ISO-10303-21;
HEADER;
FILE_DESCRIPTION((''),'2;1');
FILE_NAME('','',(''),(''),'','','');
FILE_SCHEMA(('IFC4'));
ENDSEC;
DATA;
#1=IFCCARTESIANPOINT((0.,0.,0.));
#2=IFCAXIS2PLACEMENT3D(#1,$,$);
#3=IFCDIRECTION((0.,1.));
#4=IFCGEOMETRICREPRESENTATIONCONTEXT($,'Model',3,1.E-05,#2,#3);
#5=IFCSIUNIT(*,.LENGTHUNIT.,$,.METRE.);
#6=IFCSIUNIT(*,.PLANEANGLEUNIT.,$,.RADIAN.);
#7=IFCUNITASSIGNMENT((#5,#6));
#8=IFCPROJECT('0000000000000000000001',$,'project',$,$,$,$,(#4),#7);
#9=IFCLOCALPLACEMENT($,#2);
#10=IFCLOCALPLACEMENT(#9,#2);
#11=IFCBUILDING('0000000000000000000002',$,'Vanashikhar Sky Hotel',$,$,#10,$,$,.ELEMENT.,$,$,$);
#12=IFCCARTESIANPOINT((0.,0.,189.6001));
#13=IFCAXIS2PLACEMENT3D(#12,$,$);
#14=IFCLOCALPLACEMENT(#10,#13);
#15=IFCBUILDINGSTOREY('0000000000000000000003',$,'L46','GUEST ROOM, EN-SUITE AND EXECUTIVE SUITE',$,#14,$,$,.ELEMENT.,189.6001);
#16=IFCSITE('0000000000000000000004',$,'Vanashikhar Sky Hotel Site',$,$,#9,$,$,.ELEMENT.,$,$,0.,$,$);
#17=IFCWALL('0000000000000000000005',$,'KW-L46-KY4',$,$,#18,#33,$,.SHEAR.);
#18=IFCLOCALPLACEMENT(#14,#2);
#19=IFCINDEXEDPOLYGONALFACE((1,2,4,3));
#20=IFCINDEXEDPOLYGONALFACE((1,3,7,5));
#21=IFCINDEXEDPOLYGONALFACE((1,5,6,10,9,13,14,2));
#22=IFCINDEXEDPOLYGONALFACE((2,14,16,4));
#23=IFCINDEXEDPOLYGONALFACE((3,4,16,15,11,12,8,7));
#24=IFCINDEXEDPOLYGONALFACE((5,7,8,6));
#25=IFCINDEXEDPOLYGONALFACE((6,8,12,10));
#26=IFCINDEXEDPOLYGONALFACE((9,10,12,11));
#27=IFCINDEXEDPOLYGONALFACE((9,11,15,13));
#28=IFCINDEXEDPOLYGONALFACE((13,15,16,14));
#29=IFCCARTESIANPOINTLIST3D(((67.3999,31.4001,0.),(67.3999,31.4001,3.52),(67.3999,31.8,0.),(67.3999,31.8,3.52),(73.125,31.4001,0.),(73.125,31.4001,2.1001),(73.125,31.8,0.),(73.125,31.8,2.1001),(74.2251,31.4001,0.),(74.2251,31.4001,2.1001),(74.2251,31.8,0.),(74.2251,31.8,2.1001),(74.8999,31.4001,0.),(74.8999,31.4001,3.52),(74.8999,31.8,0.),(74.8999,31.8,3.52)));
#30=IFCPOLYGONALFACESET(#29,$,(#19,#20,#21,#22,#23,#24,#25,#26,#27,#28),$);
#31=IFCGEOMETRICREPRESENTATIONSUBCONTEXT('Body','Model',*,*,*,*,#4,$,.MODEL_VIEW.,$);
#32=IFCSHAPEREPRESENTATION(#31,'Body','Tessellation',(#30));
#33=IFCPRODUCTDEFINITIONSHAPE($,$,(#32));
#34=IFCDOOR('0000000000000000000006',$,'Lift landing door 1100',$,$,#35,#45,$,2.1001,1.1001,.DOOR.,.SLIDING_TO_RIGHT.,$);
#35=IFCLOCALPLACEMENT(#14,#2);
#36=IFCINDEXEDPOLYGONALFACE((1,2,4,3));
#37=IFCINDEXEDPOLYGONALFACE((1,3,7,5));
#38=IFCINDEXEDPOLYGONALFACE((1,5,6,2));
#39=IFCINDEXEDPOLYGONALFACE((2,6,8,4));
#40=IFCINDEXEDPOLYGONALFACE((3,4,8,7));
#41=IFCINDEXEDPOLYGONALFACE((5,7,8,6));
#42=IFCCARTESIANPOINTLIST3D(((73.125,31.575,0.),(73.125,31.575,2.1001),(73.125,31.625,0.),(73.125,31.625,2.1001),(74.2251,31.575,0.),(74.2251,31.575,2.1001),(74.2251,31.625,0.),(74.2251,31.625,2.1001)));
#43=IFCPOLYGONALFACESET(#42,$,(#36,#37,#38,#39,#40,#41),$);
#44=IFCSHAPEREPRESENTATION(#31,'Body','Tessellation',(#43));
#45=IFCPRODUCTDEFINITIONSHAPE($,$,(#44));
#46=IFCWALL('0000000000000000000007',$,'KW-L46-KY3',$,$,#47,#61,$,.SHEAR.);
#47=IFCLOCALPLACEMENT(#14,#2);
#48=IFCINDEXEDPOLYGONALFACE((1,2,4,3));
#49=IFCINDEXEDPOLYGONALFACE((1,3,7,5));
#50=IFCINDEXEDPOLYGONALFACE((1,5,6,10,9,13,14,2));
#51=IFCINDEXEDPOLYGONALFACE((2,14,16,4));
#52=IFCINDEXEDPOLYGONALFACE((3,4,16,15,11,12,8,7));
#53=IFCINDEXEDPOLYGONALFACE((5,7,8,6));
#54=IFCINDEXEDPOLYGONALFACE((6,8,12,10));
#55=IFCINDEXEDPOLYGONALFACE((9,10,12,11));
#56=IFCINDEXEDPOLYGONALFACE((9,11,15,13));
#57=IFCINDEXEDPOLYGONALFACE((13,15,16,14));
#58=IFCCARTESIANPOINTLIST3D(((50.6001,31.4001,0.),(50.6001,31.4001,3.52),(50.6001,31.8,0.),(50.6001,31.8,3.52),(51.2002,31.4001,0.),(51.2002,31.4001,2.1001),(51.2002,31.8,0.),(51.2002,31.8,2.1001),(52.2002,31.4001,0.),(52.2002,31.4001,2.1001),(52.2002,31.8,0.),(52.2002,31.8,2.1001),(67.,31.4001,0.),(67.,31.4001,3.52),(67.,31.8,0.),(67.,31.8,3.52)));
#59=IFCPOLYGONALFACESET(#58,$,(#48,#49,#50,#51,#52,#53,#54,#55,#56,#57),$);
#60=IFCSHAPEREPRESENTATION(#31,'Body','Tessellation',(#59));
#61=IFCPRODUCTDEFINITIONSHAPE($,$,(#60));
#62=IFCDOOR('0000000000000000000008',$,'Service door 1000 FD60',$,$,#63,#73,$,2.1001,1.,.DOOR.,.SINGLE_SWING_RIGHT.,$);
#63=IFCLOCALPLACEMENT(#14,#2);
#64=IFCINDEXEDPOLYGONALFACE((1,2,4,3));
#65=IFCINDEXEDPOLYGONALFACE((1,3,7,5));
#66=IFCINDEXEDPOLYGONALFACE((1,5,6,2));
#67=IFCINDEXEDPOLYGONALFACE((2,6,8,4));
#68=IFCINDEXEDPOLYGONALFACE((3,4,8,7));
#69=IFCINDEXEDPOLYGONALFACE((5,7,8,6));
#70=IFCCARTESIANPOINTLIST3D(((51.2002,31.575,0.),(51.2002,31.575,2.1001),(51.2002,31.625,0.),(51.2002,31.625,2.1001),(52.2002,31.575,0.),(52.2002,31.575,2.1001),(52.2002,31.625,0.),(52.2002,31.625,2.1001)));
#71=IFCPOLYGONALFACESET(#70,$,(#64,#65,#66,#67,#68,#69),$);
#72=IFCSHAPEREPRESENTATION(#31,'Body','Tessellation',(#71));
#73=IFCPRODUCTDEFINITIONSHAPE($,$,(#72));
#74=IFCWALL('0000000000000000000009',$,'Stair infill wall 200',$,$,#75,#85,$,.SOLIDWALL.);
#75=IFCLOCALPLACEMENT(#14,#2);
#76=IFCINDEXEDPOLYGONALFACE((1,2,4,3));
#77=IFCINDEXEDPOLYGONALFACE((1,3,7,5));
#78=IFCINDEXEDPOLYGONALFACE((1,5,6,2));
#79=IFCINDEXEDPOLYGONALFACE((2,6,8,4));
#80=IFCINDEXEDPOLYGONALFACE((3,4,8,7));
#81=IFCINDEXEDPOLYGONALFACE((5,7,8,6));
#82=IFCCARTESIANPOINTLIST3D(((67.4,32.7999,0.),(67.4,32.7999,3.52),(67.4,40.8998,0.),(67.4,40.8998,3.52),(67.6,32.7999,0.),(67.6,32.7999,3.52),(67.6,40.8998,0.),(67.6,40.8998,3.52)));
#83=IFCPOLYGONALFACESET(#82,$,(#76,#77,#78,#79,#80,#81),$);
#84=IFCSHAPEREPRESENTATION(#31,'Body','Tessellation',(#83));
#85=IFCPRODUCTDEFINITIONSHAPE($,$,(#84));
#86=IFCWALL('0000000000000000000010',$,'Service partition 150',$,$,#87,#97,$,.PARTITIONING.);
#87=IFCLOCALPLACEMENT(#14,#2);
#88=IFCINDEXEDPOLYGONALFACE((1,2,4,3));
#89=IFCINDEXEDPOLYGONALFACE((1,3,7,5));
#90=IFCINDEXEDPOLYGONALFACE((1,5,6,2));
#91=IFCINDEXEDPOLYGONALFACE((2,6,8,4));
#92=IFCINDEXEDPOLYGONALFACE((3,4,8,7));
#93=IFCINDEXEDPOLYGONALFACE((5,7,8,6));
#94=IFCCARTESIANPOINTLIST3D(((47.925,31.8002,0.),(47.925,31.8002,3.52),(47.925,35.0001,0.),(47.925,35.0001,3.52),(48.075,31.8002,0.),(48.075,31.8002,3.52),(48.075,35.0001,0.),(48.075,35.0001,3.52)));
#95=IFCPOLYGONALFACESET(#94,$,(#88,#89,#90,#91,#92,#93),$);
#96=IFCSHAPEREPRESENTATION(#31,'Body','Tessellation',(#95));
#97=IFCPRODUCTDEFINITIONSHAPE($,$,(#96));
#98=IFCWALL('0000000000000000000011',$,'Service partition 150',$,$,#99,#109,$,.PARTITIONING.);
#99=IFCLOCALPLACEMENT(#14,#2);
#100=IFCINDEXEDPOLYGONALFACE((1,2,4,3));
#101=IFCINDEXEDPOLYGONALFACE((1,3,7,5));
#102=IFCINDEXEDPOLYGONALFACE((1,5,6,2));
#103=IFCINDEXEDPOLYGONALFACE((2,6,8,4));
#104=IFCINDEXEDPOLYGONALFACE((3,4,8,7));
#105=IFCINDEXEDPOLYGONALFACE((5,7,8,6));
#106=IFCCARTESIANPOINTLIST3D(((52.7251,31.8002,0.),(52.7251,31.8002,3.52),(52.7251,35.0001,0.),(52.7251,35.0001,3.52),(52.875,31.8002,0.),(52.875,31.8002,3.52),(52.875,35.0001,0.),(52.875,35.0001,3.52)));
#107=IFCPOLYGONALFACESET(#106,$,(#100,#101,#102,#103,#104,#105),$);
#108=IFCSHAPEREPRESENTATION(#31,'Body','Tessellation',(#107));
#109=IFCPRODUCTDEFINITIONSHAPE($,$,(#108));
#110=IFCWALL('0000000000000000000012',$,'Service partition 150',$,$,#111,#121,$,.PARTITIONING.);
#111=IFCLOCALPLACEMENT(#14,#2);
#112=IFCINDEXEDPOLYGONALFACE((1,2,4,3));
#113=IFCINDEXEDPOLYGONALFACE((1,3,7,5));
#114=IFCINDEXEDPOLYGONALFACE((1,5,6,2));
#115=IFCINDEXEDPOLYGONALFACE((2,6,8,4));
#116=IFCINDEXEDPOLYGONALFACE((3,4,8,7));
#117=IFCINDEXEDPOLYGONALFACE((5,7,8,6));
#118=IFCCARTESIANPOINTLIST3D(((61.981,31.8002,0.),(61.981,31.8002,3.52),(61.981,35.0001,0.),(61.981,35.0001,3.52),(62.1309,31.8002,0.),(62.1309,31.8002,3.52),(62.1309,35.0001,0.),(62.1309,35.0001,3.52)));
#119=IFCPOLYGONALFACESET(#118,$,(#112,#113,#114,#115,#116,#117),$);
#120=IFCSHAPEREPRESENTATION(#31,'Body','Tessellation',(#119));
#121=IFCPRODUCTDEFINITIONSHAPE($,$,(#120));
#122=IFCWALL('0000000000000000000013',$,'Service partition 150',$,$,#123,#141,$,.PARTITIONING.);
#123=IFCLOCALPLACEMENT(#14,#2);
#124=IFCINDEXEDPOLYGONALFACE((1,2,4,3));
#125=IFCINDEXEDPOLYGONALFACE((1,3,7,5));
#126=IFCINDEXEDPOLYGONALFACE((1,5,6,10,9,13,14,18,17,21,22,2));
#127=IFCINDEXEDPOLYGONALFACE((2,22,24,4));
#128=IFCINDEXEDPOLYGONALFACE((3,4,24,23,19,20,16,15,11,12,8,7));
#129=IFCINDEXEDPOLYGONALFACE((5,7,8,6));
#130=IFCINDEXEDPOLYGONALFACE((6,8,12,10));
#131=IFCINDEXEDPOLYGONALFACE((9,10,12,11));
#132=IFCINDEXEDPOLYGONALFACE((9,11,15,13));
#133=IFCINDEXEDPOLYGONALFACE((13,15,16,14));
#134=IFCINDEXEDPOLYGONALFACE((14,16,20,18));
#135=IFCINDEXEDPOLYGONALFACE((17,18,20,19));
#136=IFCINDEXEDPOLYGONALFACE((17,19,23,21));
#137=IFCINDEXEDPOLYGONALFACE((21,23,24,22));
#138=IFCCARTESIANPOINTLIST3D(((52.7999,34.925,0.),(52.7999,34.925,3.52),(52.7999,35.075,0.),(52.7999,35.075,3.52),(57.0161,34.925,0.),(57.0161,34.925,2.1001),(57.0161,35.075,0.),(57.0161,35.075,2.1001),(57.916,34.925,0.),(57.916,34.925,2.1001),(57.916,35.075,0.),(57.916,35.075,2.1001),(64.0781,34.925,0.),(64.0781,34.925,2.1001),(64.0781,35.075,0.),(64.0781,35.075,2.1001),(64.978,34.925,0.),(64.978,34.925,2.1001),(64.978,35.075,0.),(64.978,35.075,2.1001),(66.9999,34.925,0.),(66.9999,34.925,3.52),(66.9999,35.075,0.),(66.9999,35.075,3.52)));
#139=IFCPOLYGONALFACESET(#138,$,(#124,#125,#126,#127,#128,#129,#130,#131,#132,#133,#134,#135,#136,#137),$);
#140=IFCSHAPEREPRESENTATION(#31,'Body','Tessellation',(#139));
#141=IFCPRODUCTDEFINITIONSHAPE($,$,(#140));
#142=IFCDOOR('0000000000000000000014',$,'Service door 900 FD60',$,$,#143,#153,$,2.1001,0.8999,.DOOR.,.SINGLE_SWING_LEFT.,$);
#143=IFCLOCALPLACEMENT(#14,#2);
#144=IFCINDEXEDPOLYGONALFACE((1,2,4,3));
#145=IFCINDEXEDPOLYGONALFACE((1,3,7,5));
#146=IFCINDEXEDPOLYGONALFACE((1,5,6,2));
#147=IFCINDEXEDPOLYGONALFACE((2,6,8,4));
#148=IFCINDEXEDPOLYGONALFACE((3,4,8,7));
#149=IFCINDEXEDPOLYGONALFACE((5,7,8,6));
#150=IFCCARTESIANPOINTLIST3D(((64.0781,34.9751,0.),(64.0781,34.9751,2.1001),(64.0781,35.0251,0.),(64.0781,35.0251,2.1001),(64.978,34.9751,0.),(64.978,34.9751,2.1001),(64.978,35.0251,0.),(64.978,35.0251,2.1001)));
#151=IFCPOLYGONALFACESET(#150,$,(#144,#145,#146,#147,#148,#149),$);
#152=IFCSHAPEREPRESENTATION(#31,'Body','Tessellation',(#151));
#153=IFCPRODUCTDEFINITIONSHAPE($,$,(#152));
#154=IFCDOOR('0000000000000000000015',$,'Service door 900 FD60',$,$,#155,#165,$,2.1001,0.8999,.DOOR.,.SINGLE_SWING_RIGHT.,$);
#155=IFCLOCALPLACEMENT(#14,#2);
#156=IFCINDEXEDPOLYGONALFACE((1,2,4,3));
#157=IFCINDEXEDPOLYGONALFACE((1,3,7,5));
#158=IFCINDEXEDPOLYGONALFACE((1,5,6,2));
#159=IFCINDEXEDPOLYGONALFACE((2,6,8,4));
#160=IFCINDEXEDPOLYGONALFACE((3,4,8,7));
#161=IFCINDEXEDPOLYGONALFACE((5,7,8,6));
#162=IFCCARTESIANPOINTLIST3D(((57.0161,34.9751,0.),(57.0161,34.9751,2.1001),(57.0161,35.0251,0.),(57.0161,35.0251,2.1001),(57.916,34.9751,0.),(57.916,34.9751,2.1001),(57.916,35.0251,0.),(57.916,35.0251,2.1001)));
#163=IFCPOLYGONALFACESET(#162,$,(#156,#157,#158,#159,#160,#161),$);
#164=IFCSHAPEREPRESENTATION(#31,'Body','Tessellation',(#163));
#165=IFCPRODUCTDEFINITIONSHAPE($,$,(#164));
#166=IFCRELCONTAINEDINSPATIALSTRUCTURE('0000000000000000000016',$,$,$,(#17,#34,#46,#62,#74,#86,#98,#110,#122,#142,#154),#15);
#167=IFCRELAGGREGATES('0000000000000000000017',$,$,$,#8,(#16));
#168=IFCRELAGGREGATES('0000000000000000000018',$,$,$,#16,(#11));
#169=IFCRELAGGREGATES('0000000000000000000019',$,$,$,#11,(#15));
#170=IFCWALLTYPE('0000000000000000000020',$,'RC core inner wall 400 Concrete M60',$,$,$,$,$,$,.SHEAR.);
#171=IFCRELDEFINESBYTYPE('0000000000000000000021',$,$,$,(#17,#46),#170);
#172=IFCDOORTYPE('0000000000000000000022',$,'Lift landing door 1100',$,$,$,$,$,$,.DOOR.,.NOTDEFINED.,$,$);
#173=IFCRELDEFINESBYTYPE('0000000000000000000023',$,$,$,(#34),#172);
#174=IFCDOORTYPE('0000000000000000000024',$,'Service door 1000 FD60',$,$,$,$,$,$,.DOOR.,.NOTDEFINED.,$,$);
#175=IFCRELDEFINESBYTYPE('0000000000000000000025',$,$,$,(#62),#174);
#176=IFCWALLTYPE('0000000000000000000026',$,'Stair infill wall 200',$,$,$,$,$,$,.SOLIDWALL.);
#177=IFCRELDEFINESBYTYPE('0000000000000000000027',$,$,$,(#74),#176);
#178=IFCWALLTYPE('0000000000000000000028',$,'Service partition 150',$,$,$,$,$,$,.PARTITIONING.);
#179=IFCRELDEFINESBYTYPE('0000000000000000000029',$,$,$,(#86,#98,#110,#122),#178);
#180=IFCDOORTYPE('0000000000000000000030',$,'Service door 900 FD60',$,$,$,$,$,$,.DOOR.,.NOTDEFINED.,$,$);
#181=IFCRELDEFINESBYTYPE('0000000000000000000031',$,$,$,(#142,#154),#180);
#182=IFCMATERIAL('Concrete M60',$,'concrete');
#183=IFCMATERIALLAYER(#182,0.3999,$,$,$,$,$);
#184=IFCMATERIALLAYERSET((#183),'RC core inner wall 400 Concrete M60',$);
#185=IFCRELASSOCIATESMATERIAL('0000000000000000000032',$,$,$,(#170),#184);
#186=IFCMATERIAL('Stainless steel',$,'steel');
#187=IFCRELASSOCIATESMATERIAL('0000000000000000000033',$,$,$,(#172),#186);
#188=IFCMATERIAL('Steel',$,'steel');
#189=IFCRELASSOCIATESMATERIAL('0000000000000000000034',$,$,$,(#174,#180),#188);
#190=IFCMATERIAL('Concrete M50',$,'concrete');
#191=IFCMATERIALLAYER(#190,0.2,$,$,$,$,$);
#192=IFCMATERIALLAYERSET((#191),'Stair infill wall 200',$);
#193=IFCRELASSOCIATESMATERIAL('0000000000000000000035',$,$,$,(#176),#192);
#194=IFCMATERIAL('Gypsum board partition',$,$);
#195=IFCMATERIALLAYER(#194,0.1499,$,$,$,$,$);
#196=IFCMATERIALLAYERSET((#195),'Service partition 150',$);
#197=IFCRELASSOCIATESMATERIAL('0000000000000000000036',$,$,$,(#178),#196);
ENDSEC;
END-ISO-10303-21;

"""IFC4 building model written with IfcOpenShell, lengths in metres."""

from ifc_helpers import new_model, si_unit, direction, frame, frame_2d, origin, place, context, subcontext, project, spatial, rectangle, extrude, source, transform, mapped, material, layer, layer_set, type_object, element, fill, save


model = new_model("IFC4")

# Units and contexts
model_context = context("Model", 3, precision=1e-05, world=origin(), true_north=direction((0.0, 1.0)))
body_context = subcontext(model_context, "Body", "Model", "MODEL_VIEW")
ifc_project = project(units=[si_unit("LENGTHUNIT", "METRE"), si_unit("PLANEANGLEUNIT", "RADIAN")], contexts=[model_context])

# Site, building, storey
site_placement = place(None, origin())
site = spatial("IfcSite", under=ifc_project, at=site_placement, Name="Vanashikhar Sky Hotel Site", CompositionType="ELEMENT", RefElevation=0.0)
building_placement = place(site_placement, origin())
building = spatial("IfcBuilding", under=site, at=building_placement, Name="Vanashikhar Sky Hotel", CompositionType="ELEMENT")
storey_placement = place(building_placement, frame((0.0, 0.0, 189.6001)))
storey = spatial("IfcBuildingStorey", under=building, at=storey_placement, Name="L46", Description="GUEST ROOM, EN-SUITE AND EXECUTIVE SUITE", CompositionType="ELEMENT", Elevation=189.6001)

# Walls, openings, doors
ifc_material_1 = material(Name="Concrete M60", Category="concrete")
ifc_layer_1 = layer(ifc_material_1, 0.3999)
ifc_layer_set_1 = layer_set([ifc_layer_1], Name="RC core inner wall 400 Concrete M60")
wall_type_1 = type_object("IfcWallType", Name="RC core inner wall 400 Concrete M60", PredefinedType="SHEAR", material=ifc_layer_set_1)
shared_shape_1 = source(origin(), body_context, "Body", "SweptSolid", [
    extrude(rectangle(XDim=7.5, YDim=0.3999, at=frame_2d((3.75, 0.0))), origin(), (0.0, 0.0, 1.0), 3.52),
])
wall_1_placement = place(storey_placement, frame((67.3999, 31.6001, 0.0), z_axis=(0.0, 0.0, 1.0), x_axis=(1.0, 0.0, 0.0)))
wall_1 = element("IfcWall", 1, at=wall_1_placement, inside=storey, type_object=wall_type_1, Name="KW-L46-KY4", PredefinedType="SHEAR", context=body_context, shape_type="MappedRepresentation", body=[
    mapped(shared_shape_1, transform((0.0, 0.0, 0.0), scale=1.0)),
])
shared_shape_2 = source(origin(), body_context, "Body", "SweptSolid", [
    extrude(rectangle(XDim=1.1001, YDim=2.1001, at=frame_2d((0.55, 1.05))), frame((0.0, 0.21, 0.0), z_axis=(0.0, -1.0, 0.0), x_axis=(1.0, 0.0, 0.0)), (0.0, 0.0, 1.0), 0.4199),
])
opening_1_placement = place(wall_1_placement, frame((5.7251, 0.0, 0.0)))
opening_1 = element("IfcOpeningElement", 2, at=opening_1_placement, cuts=wall_1, PredefinedType="OPENING", context=body_context, shape_type="MappedRepresentation", body=[
    mapped(shared_shape_2, transform((0.0, 0.0, 0.0), scale=1.0)),
])
ifc_material_2 = material(Name="Stainless steel", Category="steel")
door_type_1 = type_object("IfcDoorType", Name="Lift landing door 1100", OperationType="NOTDEFINED", PredefinedType="DOOR", material=ifc_material_2)
shared_shape_3 = source(origin(), body_context, "Body", "SweptSolid", [
    extrude(rectangle(XDim=1.1001, YDim=2.1001, at=frame_2d((0.55, 1.05))), frame((0.0, 0.0249, 0.0), z_axis=(0.0, -1.0, 0.0), x_axis=(1.0, 0.0, 0.0)), (0.0, 0.0, 1.0), 0.05),
])
door_1_placement = place(opening_1_placement, origin())
door_1 = element("IfcDoor", 3, at=door_1_placement, inside=storey, type_object=door_type_1, Name="Lift landing door 1100", OperationType="SLIDING_TO_RIGHT", OverallHeight=2.1001, OverallWidth=1.1001, PredefinedType="DOOR", context=body_context, shape_type="MappedRepresentation", body=[
    mapped(shared_shape_3, transform((0.0, 0.0, 0.0), scale=1.0)),
])
fill(opening_1, door_1)
shared_shape_4 = source(origin(), body_context, "Body", "SweptSolid", [
    extrude(rectangle(XDim=16.3999, YDim=0.3999, at=frame_2d((8.2, 0.0))), origin(), (0.0, 0.0, 1.0), 3.52),
])
wall_2_placement = place(storey_placement, frame((50.6001, 31.6001, 0.0), z_axis=(0.0, 0.0, 1.0), x_axis=(1.0, 0.0, 0.0)))
wall_2 = element("IfcWall", 4, at=wall_2_placement, inside=storey, type_object=wall_type_1, Name="KW-L46-KY3", PredefinedType="SHEAR", context=body_context, shape_type="MappedRepresentation", body=[
    mapped(shared_shape_4, transform((0.0, 0.0, 0.0), scale=1.0)),
])
shared_shape_5 = source(origin(), body_context, "Body", "SweptSolid", [
    extrude(rectangle(XDim=1.0, YDim=2.1001, at=frame_2d((0.5, 1.05))), frame((0.0, 0.21, 0.0), z_axis=(0.0, -1.0, 0.0), x_axis=(1.0, 0.0, 0.0)), (0.0, 0.0, 1.0), 0.4199),
])
opening_2_placement = place(wall_2_placement, frame((0.6001, 0.0, 0.0)))
opening_2 = element("IfcOpeningElement", 5, at=opening_2_placement, cuts=wall_2, PredefinedType="OPENING", context=body_context, shape_type="MappedRepresentation", body=[
    mapped(shared_shape_5, transform((0.0, 0.0, 0.0), scale=1.0)),
])
ifc_material_3 = material(Name="Steel", Category="steel")
door_type_2 = type_object("IfcDoorType", Name="Service door 1000 FD60", OperationType="NOTDEFINED", PredefinedType="DOOR", material=ifc_material_3)
shared_shape_6 = source(origin(), body_context, "Body", "SweptSolid", [
    extrude(rectangle(XDim=1.0, YDim=2.1001, at=frame_2d((0.5, 1.05))), frame((0.0, 0.0249, 0.0), z_axis=(0.0, -1.0, 0.0), x_axis=(1.0, 0.0, 0.0)), (0.0, 0.0, 1.0), 0.05),
])
door_2_placement = place(opening_2_placement, origin())
door_2 = element("IfcDoor", 6, at=door_2_placement, inside=storey, type_object=door_type_2, Name="Service door 1000 FD60", OperationType="SINGLE_SWING_RIGHT", OverallHeight=2.1001, OverallWidth=1.0, PredefinedType="DOOR", context=body_context, shape_type="MappedRepresentation", body=[
    mapped(shared_shape_6, transform((0.0, 0.0, 0.0), scale=1.0)),
])
fill(opening_2, door_2)

# Walls
ifc_material_4 = material(Name="Concrete M50", Category="concrete")
ifc_layer_2 = layer(ifc_material_4, 0.2)
ifc_layer_set_2 = layer_set([ifc_layer_2], Name="Stair infill wall 200")
wall_type_2 = type_object("IfcWallType", Name="Stair infill wall 200", PredefinedType="SOLIDWALL", material=ifc_layer_set_2)
shared_shape_7 = source(origin(), body_context, "Body", "SweptSolid", [
    extrude(rectangle(XDim=8.0999, YDim=0.2, at=frame_2d((4.0498, 0.0))), origin(), (0.0, 0.0, 1.0), 3.52),
])
wall_3_placement = place(storey_placement, frame((67.5, 32.8, 0.0), z_axis=(0.0, 0.0, 1.0), x_axis=(0.0, 1.0, 0.0)))
element("IfcWall", 7, at=wall_3_placement, inside=storey, type_object=wall_type_2, Name="Stair infill wall 200", PredefinedType="SOLIDWALL", context=body_context, shape_type="MappedRepresentation", body=[
    mapped(shared_shape_7, transform((0.0, 0.0, 0.0), scale=1.0)),
])
ifc_material_5 = material(Name="Gypsum board partition")
ifc_layer_3 = layer(ifc_material_5, 0.1499)
ifc_layer_set_3 = layer_set([ifc_layer_3], Name="Service partition 150")
wall_type_3 = type_object("IfcWallType", Name="Service partition 150", PredefinedType="PARTITIONING", material=ifc_layer_set_3)
shared_shape_8 = source(origin(), body_context, "Body", "SweptSolid", [
    extrude(rectangle(XDim=3.2, YDim=0.1499, at=frame_2d((1.6001, 0.0))), origin(), (0.0, 0.0, 1.0), 3.52),
])
for number, where, z_axis, x_axis, name in (
    (8, (48.0, 31.8, 0.0), (0.0, 0.0, 1.0), (0.0, 1.0, 0.0), "Service partition 150"),
    (9, (52.8, 31.8, 0.0), (0.0, 0.0, 1.0), (0.0, 1.0, 0.0), "Service partition 150"),
    (10, (62.0559, 31.8, 0.0), (0.0, 0.0, 1.0), (0.0, 1.0, 0.0), "Service partition 150"),
):
    element("IfcWall", number, at=place(storey_placement, frame(where, z_axis=z_axis, x_axis=x_axis)), inside=storey, type_object=wall_type_3, Name=name, PredefinedType="PARTITIONING", context=body_context, shape_type="MappedRepresentation", body=[
        mapped(shared_shape_8, transform((0.0, 0.0, 0.0), scale=1.0)),
    ])

# Wall, openings, doors
shared_shape_9 = source(origin(), body_context, "Body", "SweptSolid", [
    extrude(rectangle(XDim=14.2, YDim=0.1499, at=frame_2d((7.1001, 0.0))), origin(), (0.0, 0.0, 1.0), 3.52),
])
wall_4_placement = place(storey_placement, frame((67.0, 35.0, 0.0), z_axis=(0.0, 0.0, 1.0), x_axis=(-1.0, 0.0, 0.0)))
wall_4 = element("IfcWall", 11, at=wall_4_placement, inside=storey, type_object=wall_type_3, Name="Service partition 150", PredefinedType="PARTITIONING", context=body_context, shape_type="MappedRepresentation", body=[
    mapped(shared_shape_9, transform((0.0, 0.0, 0.0), scale=1.0)),
])
shared_shape_10 = source(origin(), body_context, "Body", "SweptSolid", [
    extrude(rectangle(XDim=0.8999, YDim=2.1001, at=frame_2d((0.45, 1.05))), frame((0.0, 0.085, 0.0), z_axis=(0.0, -1.0, 0.0), x_axis=(1.0, 0.0, 0.0)), (0.0, 0.0, 1.0), 0.1699),
])
opening_3_placement = place(wall_4_placement, frame((2.022, 0.0, 0.0)))
opening_3 = element("IfcOpeningElement", 12, at=opening_3_placement, cuts=wall_4, PredefinedType="OPENING", context=body_context, shape_type="MappedRepresentation", body=[
    mapped(shared_shape_10, transform((0.0, 0.0, 0.0), scale=1.0)),
])
opening_4_placement = place(wall_4_placement, frame((9.084, 0.0, 0.0)))
opening_4 = element("IfcOpeningElement", 13, at=opening_4_placement, cuts=wall_4, PredefinedType="OPENING", context=body_context, shape_type="MappedRepresentation", body=[
    mapped(shared_shape_10, transform((0.0, 0.0, 0.0), scale=1.0)),
])
door_type_3 = type_object("IfcDoorType", Name="Service door 900 FD60", OperationType="NOTDEFINED", PredefinedType="DOOR", material=ifc_material_3)
shared_shape_11 = source(origin(), body_context, "Body", "SweptSolid", [
    extrude(rectangle(XDim=0.8999, YDim=2.1001, at=frame_2d((0.45, 1.05))), frame((0.0, 0.0249, 0.0), z_axis=(0.0, -1.0, 0.0), x_axis=(1.0, 0.0, 0.0)), (0.0, 0.0, 1.0), 0.05),
])
door_3_placement = place(opening_3_placement, origin())
door_3 = element("IfcDoor", 14, at=door_3_placement, inside=storey, type_object=door_type_3, Name="Service door 900 FD60", OperationType="SINGLE_SWING_LEFT", OverallHeight=2.1001, OverallWidth=0.8999, PredefinedType="DOOR", context=body_context, shape_type="MappedRepresentation", body=[
    mapped(shared_shape_11, transform((0.0, 0.0, 0.0), scale=1.0)),
])
fill(opening_3, door_3)
door_4_placement = place(opening_4_placement, origin())
door_4 = element("IfcDoor", 15, at=door_4_placement, inside=storey, type_object=door_type_3, Name="Service door 900 FD60", OperationType="SINGLE_SWING_RIGHT", OverallHeight=2.1001, OverallWidth=0.8999, PredefinedType="DOOR", context=body_context, shape_type="MappedRepresentation", body=[
    mapped(shared_shape_11, transform((0.0, 0.0, 0.0), scale=1.0)),
])
fill(opening_4, door_4)

save(model, "model.ifc")
